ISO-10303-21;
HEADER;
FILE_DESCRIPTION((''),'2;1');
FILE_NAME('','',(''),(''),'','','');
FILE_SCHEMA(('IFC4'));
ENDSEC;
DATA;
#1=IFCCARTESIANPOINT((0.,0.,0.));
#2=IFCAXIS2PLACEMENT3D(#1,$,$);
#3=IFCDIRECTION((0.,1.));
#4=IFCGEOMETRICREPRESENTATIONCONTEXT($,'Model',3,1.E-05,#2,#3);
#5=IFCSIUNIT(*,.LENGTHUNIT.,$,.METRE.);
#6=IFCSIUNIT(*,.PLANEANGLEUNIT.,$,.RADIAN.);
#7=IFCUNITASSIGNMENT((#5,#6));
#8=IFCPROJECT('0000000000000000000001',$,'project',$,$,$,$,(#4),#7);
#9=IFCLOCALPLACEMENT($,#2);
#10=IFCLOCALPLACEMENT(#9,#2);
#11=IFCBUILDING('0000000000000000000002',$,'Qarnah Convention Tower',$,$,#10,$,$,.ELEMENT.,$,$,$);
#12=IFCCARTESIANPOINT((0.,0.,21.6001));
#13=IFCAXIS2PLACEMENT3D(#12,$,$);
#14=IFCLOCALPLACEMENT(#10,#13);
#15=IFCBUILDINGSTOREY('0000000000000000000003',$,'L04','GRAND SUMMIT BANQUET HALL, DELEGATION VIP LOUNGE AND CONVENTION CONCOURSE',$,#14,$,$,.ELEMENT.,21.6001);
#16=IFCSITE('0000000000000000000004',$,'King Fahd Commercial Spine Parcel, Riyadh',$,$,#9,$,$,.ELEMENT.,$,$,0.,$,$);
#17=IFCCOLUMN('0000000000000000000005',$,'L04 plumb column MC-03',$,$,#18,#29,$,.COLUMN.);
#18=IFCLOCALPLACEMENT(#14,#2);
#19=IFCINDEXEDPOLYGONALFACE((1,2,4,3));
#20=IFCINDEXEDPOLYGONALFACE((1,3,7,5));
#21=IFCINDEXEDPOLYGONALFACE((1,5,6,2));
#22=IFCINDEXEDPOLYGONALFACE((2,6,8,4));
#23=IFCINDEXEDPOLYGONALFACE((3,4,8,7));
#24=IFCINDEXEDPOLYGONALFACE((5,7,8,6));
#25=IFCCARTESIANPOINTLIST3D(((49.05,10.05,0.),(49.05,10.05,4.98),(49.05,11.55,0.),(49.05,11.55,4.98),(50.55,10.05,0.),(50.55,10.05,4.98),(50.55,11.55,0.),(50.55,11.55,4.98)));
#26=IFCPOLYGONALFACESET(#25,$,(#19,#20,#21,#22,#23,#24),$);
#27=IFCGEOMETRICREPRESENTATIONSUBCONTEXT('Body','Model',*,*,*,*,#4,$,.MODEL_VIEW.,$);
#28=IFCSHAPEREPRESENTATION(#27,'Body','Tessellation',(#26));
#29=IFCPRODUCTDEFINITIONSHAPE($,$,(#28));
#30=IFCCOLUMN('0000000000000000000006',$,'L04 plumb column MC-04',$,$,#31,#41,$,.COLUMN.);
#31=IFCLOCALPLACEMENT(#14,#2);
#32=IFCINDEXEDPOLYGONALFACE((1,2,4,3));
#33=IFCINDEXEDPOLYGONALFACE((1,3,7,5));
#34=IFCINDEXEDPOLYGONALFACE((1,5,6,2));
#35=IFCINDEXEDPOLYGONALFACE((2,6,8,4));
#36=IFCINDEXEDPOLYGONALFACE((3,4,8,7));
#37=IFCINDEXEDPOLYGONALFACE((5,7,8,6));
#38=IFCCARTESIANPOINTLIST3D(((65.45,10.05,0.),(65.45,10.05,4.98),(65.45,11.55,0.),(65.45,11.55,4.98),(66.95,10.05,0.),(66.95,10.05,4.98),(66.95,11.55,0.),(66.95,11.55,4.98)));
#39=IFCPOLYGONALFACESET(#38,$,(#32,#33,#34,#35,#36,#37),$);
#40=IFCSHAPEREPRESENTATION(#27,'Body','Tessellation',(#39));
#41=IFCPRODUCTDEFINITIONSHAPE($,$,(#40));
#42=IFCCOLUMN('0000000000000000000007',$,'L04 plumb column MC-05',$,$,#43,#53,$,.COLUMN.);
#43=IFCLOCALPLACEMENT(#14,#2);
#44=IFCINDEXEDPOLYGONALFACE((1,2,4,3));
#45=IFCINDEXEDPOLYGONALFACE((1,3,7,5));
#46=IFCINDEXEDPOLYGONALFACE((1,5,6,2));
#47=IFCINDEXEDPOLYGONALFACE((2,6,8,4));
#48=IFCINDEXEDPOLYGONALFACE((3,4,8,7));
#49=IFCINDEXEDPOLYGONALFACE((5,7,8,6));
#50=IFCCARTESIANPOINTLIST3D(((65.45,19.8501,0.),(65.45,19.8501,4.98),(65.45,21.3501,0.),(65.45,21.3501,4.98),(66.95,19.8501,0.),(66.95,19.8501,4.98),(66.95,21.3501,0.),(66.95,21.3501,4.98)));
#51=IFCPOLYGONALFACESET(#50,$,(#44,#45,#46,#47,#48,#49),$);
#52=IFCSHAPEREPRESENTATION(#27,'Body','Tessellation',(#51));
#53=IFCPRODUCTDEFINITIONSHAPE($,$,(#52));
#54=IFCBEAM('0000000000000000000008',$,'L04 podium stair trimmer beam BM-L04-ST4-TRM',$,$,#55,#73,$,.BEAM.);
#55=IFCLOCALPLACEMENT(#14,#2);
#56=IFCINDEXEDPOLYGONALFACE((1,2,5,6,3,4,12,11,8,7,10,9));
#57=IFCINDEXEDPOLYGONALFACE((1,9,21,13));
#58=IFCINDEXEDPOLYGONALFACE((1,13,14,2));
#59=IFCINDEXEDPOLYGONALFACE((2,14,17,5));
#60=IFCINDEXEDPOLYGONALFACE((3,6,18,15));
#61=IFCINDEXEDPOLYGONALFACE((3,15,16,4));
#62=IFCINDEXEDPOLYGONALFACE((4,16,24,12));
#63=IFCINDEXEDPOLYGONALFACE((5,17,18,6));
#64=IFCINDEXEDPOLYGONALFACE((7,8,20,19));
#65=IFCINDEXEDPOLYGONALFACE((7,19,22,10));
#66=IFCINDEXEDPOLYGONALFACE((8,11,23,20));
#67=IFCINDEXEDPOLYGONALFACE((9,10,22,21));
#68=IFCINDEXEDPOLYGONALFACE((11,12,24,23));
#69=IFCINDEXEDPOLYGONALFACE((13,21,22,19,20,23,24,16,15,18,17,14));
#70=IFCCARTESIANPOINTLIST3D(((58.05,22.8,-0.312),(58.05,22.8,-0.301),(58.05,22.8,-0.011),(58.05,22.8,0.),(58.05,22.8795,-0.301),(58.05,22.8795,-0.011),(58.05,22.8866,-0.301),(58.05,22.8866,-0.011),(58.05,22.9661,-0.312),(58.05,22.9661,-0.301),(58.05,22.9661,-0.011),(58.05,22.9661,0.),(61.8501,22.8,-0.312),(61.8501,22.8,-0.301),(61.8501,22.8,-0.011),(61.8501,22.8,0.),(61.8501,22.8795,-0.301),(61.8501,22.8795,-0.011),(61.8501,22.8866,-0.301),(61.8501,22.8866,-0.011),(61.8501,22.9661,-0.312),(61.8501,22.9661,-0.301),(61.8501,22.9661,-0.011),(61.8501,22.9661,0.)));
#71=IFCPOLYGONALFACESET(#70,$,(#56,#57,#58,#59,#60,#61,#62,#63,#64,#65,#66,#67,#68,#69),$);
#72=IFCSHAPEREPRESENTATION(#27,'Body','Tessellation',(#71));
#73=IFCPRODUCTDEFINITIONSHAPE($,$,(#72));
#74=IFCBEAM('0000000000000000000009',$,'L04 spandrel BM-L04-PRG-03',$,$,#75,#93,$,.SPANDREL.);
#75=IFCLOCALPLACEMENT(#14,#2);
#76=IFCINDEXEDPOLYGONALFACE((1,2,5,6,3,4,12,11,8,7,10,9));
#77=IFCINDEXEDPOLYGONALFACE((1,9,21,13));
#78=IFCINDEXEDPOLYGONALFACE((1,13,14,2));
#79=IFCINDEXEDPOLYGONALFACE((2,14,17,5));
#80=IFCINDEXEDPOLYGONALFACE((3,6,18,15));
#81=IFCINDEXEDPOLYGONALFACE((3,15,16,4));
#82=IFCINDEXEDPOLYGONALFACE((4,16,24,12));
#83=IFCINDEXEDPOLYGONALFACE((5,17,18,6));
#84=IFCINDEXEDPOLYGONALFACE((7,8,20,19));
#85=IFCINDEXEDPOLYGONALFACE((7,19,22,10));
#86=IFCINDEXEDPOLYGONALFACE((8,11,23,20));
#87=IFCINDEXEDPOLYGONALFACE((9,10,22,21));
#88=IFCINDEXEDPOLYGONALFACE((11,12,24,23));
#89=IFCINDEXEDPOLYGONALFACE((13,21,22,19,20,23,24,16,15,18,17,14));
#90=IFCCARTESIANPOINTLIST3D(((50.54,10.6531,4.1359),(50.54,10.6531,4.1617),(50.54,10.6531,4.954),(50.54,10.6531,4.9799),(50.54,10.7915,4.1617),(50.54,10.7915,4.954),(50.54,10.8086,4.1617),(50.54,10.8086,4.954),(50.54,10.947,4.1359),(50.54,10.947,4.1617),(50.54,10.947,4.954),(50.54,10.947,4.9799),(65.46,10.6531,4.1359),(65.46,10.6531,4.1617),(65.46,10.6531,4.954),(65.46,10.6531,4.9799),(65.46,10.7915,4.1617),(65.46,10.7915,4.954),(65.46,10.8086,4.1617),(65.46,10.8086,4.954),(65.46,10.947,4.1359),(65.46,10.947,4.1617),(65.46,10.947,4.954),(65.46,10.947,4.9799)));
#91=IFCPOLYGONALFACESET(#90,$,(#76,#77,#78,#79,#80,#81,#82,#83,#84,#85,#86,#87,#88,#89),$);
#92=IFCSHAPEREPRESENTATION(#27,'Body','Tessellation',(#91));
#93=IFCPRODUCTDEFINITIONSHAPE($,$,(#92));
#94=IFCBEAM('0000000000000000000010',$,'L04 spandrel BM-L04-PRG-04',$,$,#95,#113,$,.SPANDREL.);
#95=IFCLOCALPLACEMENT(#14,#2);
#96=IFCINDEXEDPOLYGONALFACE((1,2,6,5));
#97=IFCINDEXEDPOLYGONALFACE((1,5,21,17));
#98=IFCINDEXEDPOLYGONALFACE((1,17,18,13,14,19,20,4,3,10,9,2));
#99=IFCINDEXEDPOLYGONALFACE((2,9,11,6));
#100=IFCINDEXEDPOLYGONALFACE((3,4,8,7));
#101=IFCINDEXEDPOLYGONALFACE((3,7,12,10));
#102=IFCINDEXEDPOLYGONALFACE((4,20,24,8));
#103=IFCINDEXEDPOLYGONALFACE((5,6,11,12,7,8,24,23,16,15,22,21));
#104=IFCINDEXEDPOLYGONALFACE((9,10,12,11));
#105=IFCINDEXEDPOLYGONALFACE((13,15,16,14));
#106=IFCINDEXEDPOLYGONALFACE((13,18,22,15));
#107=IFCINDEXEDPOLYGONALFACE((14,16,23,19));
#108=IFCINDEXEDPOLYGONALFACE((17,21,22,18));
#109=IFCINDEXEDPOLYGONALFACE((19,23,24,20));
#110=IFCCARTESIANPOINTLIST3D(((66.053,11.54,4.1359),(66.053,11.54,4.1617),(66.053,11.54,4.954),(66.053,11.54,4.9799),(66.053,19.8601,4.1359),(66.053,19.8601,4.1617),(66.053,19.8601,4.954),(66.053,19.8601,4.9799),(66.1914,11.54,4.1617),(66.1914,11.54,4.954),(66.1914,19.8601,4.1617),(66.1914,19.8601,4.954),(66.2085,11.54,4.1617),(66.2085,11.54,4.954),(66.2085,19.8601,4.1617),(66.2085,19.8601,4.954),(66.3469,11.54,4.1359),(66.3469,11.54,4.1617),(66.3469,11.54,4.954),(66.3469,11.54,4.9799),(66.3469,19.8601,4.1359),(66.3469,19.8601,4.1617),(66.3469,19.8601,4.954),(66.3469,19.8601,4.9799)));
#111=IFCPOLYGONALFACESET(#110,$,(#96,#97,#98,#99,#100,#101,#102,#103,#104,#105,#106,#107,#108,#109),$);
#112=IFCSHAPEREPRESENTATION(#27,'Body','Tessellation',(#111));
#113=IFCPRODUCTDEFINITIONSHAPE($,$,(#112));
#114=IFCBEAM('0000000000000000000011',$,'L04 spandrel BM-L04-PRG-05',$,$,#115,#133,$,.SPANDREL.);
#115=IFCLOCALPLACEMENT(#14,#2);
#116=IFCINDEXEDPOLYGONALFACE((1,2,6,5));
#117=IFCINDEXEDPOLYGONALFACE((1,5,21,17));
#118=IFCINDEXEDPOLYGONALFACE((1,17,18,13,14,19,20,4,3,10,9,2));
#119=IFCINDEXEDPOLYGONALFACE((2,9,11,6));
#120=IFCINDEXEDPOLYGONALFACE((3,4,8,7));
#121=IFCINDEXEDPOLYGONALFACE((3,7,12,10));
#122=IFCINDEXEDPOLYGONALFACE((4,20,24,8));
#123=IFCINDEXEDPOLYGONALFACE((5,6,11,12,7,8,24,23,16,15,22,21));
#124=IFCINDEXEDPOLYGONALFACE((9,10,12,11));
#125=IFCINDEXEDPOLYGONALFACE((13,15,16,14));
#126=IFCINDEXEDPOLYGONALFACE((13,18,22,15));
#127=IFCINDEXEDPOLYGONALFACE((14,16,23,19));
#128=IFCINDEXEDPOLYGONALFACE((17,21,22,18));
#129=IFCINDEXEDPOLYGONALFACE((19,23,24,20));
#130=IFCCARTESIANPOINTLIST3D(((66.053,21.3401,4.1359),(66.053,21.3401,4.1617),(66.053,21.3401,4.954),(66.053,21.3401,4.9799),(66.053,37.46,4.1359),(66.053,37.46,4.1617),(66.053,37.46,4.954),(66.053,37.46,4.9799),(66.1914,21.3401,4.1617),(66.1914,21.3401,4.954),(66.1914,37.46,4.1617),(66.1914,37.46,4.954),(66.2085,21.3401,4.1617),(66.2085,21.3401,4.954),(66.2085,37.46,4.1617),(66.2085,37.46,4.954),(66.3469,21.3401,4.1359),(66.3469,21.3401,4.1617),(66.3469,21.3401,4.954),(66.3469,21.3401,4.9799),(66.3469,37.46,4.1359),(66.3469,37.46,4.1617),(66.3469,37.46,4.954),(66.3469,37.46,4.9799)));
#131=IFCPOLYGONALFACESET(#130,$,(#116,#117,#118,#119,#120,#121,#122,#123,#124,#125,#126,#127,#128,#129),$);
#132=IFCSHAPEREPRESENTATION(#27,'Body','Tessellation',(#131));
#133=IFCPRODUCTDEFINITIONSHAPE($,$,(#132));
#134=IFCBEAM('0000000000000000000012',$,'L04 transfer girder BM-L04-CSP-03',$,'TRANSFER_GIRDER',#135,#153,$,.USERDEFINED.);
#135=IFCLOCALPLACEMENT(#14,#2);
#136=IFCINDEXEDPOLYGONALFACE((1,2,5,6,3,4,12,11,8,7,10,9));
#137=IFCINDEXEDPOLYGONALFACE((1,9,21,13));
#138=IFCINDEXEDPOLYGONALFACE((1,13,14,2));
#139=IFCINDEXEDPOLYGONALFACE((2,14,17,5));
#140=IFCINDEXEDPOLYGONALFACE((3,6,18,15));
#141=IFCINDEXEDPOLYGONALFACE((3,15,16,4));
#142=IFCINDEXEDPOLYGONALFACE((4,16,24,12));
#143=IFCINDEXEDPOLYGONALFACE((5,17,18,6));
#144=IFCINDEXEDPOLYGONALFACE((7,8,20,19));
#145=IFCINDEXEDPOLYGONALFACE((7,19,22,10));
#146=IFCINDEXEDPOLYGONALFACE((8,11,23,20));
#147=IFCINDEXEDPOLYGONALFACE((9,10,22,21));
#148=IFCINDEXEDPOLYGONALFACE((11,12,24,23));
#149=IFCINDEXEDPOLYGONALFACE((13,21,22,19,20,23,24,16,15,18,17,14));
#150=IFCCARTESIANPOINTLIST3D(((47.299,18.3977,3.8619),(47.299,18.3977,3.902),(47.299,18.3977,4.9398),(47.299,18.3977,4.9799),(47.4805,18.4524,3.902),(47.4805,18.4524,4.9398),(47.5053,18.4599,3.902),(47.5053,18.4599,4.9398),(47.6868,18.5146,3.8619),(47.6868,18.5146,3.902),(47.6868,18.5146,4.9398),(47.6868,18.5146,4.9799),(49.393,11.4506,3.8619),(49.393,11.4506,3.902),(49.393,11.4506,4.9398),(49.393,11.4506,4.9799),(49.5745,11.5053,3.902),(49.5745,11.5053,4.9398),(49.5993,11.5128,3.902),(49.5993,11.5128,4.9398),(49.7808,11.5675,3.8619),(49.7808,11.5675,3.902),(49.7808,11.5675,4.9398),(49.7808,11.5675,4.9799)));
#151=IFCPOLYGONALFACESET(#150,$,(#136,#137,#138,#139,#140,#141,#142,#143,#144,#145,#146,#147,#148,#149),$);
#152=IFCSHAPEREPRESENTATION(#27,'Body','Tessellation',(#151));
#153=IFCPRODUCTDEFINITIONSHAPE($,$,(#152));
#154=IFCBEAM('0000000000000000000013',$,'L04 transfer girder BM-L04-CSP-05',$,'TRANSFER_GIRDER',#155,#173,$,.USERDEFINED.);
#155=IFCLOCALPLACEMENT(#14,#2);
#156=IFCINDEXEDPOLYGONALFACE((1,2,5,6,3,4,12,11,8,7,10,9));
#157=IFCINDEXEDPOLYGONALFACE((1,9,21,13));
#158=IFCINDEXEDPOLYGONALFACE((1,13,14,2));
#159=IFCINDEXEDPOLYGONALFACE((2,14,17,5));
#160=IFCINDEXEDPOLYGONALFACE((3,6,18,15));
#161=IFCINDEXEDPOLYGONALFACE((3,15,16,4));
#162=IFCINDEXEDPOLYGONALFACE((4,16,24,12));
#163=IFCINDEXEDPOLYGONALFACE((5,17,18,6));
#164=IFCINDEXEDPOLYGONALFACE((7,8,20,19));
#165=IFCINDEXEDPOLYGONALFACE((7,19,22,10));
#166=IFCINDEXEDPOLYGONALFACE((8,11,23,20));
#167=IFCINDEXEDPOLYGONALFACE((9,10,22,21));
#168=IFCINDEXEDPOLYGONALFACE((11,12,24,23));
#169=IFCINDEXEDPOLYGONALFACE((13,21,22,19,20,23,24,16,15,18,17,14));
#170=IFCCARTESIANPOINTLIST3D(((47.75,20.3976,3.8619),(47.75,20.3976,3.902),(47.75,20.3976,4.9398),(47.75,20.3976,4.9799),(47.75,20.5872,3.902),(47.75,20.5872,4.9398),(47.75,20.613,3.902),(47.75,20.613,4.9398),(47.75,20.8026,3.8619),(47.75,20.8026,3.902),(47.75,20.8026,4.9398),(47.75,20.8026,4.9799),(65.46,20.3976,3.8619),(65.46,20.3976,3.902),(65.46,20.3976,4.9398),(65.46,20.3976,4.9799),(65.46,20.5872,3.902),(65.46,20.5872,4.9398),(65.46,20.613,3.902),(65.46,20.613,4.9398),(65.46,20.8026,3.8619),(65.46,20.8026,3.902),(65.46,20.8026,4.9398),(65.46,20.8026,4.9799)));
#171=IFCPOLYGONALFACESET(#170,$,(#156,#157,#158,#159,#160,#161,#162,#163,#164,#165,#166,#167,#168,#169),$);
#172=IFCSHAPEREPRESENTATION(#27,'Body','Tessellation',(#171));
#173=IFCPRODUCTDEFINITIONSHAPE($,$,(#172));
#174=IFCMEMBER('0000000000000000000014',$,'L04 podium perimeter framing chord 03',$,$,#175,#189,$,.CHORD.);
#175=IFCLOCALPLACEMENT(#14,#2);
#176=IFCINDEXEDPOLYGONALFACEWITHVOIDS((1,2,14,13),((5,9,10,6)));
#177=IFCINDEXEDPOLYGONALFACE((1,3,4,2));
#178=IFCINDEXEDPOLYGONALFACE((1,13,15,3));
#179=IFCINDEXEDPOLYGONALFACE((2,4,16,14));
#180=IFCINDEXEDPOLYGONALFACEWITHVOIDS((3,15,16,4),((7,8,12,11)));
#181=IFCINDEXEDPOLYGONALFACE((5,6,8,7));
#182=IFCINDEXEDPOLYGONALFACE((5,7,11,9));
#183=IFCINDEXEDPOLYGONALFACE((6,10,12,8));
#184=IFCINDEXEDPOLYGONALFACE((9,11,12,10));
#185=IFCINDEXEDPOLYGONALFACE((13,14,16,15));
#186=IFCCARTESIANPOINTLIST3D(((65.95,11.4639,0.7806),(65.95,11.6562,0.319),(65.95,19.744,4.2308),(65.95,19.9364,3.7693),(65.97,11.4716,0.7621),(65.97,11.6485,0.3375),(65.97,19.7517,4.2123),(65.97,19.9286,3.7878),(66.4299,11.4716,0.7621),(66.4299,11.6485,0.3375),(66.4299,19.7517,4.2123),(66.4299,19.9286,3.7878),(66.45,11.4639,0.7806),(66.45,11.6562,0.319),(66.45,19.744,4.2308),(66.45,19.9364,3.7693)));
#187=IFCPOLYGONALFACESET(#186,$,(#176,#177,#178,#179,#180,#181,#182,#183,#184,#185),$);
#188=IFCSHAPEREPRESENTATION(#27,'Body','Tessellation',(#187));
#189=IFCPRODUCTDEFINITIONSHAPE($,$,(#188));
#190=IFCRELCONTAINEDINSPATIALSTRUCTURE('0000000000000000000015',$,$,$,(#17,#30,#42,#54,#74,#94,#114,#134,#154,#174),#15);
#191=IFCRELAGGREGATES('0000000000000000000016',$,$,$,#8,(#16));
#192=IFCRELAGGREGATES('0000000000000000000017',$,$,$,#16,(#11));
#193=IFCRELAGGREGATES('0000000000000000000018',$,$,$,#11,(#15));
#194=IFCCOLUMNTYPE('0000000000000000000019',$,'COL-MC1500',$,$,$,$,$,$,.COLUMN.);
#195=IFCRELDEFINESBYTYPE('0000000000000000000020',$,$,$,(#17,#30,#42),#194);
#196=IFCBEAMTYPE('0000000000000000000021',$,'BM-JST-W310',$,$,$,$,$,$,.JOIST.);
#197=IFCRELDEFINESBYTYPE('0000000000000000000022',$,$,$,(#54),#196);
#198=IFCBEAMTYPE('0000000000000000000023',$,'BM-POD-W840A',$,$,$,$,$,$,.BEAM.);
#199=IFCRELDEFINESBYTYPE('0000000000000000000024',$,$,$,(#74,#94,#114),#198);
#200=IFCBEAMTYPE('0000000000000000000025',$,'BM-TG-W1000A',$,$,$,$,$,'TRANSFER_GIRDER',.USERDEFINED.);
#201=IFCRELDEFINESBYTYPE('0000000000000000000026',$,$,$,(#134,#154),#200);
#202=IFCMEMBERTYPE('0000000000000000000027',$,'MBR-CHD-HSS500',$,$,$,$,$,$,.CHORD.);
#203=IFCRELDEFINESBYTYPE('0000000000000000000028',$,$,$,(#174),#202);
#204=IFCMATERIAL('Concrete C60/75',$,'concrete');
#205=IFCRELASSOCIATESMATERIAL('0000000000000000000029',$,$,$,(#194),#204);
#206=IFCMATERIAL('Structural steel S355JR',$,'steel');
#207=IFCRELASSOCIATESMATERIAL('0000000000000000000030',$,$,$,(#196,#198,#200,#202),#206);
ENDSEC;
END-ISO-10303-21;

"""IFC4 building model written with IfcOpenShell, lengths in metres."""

from ifc_helpers import new_model, si_unit, direction, frame, origin, origin_2d, place, context, subcontext, project, spatial, rectangle, hollow_rectangle, i_section, extrude, material, material_profile, profile_set, type_object, element, save


model = new_model("IFC4")

# Units and contexts
model_context = context("Model", 3, precision=1e-05, world=origin(), true_north=direction((0.0, 1.0)))
body_context = subcontext(model_context, "Body", "Model", "MODEL_VIEW")
ifc_project = project(units=[si_unit("LENGTHUNIT", "METRE"), si_unit("PLANEANGLEUNIT", "RADIAN")], contexts=[model_context])

# Site, building, storey
site_placement = place(None, origin())
site = spatial("IfcSite", under=ifc_project, at=site_placement, Name="King Fahd Commercial Spine Parcel, Riyadh", CompositionType="ELEMENT", RefElevation=0.0)
building_placement = place(site_placement, origin())
building = spatial("IfcBuilding", under=site, at=building_placement, Name="Qarnah Convention Tower", CompositionType="ELEMENT")
storey_placement = place(building_placement, frame((0.0, 0.0, 21.6001)))
storey = spatial("IfcBuildingStorey", under=building, at=storey_placement, Name="L04", Description="GRAND SUMMIT BANQUET HALL, DELEGATION VIP LOUNGE AND CONVENTION CONCOURSE", CompositionType="ELEMENT", Elevation=21.6001)

# Columns
ifc_material_1 = material(Name="Concrete C60/75", Category="concrete")
ifc_material_profile_1 = material_profile(ifc_material_1, rectangle(XDim=1.5, YDim=1.5, at=origin_2d()), Name="RC-COL-1500X1500")
ifc_profile_set_1 = profile_set([ifc_material_profile_1], Name="Concrete C60/75")
column_type = type_object("IfcColumnType", Name="COL-MC1500", PredefinedType="COLUMN", material=ifc_profile_set_1)
for number, where, z_axis, x_axis, name in (
    (1, (49.8, 10.8, 0.0), (0.0, 0.0, 1.0), (1.0, 0.0, 0.0), "L04 plumb column MC-03"),
    (2, (66.2, 10.8, 0.0), (0.0, 0.0, 1.0), (1.0, 0.0, 0.0), "L04 plumb column MC-04"),
    (3, (66.2, 20.6001, 0.0), (0.0, 0.0, 1.0), (1.0, 0.0, 0.0), "L04 plumb column MC-05"),
):
    element("IfcColumn", number, at=place(storey_placement, frame(where, z_axis=z_axis, x_axis=x_axis)), inside=storey, type_object=column_type, Name=name, PredefinedType="COLUMN", context=body_context, shape_type="SweptSolid", body=[
        extrude(rectangle(XDim=1.5, YDim=1.5, at=origin_2d()), origin(), (0.0, 0.0, 1.0), 4.98),
    ])

# Beams
ifc_material_2 = material(Name="Structural steel S355JR", Category="steel")
ifc_material_profile_2 = material_profile(ifc_material_2, i_section(OverallWidth=0.166, OverallDepth=0.312, WebThickness=0.0071, FlangeThickness=0.011, at=origin_2d()), Name="W310X45")
ifc_profile_set_2 = profile_set([ifc_material_profile_2], Name="Structural steel S355JR")
beam_type_1 = type_object("IfcBeamType", Name="BM-JST-W310", PredefinedType="JOIST", material=ifc_profile_set_2)
beam_1_placement = place(storey_placement, frame((58.05, 22.8831, -0.156), z_axis=(1.0, 0.0, 0.0), x_axis=(0.0, 1.0, 0.0)))
element("IfcBeam", 4, at=beam_1_placement, inside=storey, type_object=beam_type_1, Name="L04 podium stair trimmer beam BM-L04-ST4-TRM", PredefinedType="BEAM", context=body_context, shape_type="SweptSolid", body=[
    extrude(i_section(OverallWidth=0.166, OverallDepth=0.312, WebThickness=0.0071, FlangeThickness=0.011, at=origin_2d()), origin(), (0.0, 0.0, 1.0), 3.8),
])
ifc_material_profile_3 = material_profile(ifc_material_2, i_section(OverallWidth=0.2939, OverallDepth=0.844, WebThickness=0.0171, FlangeThickness=0.0259, at=origin_2d()), Name="W840X251")
ifc_profile_set_3 = profile_set([ifc_material_profile_3], Name="Structural steel S355JR")
beam_type_2 = type_object("IfcBeamType", Name="BM-POD-W840A", PredefinedType="BEAM", material=ifc_profile_set_3)
beam_2_placement = place(storey_placement, frame((50.54, 10.8, 4.5579), z_axis=(1.0, 0.0, 0.0), x_axis=(0.0, 1.0, 0.0)))
element("IfcBeam", 5, at=beam_2_placement, inside=storey, type_object=beam_type_2, Name="L04 spandrel BM-L04-PRG-03", PredefinedType="SPANDREL", context=body_context, shape_type="SweptSolid", body=[
    extrude(i_section(OverallWidth=0.2939, OverallDepth=0.844, WebThickness=0.0171, FlangeThickness=0.0259, at=origin_2d()), origin(), (0.0, 0.0, 1.0), 14.9199),
])
beam_3_placement = place(storey_placement, frame((66.2, 11.54, 4.5579), z_axis=(0.0, 1.0, 0.0), x_axis=(-1.0, 0.0, 0.0)))
element("IfcBeam", 6, at=beam_3_placement, inside=storey, type_object=beam_type_2, Name="L04 spandrel BM-L04-PRG-04", PredefinedType="SPANDREL", context=body_context, shape_type="SweptSolid", body=[
    extrude(i_section(OverallWidth=0.2939, OverallDepth=0.844, WebThickness=0.0171, FlangeThickness=0.0259, at=origin_2d()), origin(), (0.0, 0.0, 1.0), 8.3201),
])
beam_4_placement = place(storey_placement, frame((66.2, 21.3401, 4.5579), z_axis=(0.0, 1.0, 0.0), x_axis=(-1.0, 0.0, 0.0)))
element("IfcBeam", 7, at=beam_4_placement, inside=storey, type_object=beam_type_2, Name="L04 spandrel BM-L04-PRG-05", PredefinedType="SPANDREL", context=body_context, shape_type="SweptSolid", body=[
    extrude(i_section(OverallWidth=0.2939, OverallDepth=0.844, WebThickness=0.0171, FlangeThickness=0.0259, at=origin_2d()), origin(), (0.0, 0.0, 1.0), 16.1199),
])
ifc_material_profile_4 = material_profile(ifc_material_2, i_section(OverallWidth=0.405, OverallDepth=1.1179, WebThickness=0.0259, FlangeThickness=0.04, at=origin_2d()), Name="W1100X499")
ifc_profile_set_4 = profile_set([ifc_material_profile_4], Name="Structural steel S355JR")
beam_type_3 = type_object("IfcBeamType", Name="BM-TG-W1000A", ElementType="TRANSFER_GIRDER", PredefinedType="USERDEFINED", material=ifc_profile_set_4)
beam_5_placement = place(storey_placement, frame((49.5869, 11.509, 4.4209), z_axis=(-0.288598, 0.95745, 0.0), x_axis=(-0.95745, -0.288598, 0.0)))
element("IfcBeam", 8, at=beam_5_placement, inside=storey, type_object=beam_type_3, Name="L04 transfer girder BM-L04-CSP-03", ObjectType="TRANSFER_GIRDER", PredefinedType="USERDEFINED", context=body_context, shape_type="SweptSolid", body=[
    extrude(i_section(OverallWidth=0.405, OverallDepth=1.1179, WebThickness=0.0259, FlangeThickness=0.04, at=origin_2d()), origin(), (0.0, 0.0, 1.0), 7.2559),
])
beam_6_placement = place(storey_placement, frame((65.46, 20.6001, 4.4209), z_axis=(-1.0, 0.0, 0.0), x_axis=(0.0, -1.0, 0.0)))
element("IfcBeam", 9, at=beam_6_placement, inside=storey, type_object=beam_type_3, Name="L04 transfer girder BM-L04-CSP-05", ObjectType="TRANSFER_GIRDER", PredefinedType="USERDEFINED", context=body_context, shape_type="SweptSolid", body=[
    extrude(i_section(OverallWidth=0.405, OverallDepth=1.1179, WebThickness=0.0259, FlangeThickness=0.04, at=origin_2d()), origin(), (0.0, 0.0, 1.0), 17.71),
])

# Member
ifc_material_profile_5 = material_profile(ifc_material_2, hollow_rectangle(XDim=0.5, YDim=0.5, WallThickness=0.02, at=origin_2d()), Name="HSS500X500X20")
ifc_profile_set_5 = profile_set([ifc_material_profile_5], Name="Structural steel S355JR")
member_type = type_object("IfcMemberType", Name="MBR-CHD-HSS500", PredefinedType="CHORD", material=ifc_profile_set_5)
member_1_placement = place(storey_placement, frame((66.2, 11.5601, 0.5498), z_axis=(0.0, 0.92307, 0.384633), x_axis=(-1.0, 0.0, 0.0)))
element("IfcMember", 10, at=member_1_placement, inside=storey, type_object=member_type, Name="L04 podium perimeter framing chord 03", PredefinedType="CHORD", context=body_context, shape_type="SweptSolid", body=[
    extrude(hollow_rectangle(XDim=0.5, YDim=0.5, WallThickness=0.02, at=origin_2d()), origin(), (0.0, 0.0, 1.0), 8.9702),
])

save(model, "model.ifc")
